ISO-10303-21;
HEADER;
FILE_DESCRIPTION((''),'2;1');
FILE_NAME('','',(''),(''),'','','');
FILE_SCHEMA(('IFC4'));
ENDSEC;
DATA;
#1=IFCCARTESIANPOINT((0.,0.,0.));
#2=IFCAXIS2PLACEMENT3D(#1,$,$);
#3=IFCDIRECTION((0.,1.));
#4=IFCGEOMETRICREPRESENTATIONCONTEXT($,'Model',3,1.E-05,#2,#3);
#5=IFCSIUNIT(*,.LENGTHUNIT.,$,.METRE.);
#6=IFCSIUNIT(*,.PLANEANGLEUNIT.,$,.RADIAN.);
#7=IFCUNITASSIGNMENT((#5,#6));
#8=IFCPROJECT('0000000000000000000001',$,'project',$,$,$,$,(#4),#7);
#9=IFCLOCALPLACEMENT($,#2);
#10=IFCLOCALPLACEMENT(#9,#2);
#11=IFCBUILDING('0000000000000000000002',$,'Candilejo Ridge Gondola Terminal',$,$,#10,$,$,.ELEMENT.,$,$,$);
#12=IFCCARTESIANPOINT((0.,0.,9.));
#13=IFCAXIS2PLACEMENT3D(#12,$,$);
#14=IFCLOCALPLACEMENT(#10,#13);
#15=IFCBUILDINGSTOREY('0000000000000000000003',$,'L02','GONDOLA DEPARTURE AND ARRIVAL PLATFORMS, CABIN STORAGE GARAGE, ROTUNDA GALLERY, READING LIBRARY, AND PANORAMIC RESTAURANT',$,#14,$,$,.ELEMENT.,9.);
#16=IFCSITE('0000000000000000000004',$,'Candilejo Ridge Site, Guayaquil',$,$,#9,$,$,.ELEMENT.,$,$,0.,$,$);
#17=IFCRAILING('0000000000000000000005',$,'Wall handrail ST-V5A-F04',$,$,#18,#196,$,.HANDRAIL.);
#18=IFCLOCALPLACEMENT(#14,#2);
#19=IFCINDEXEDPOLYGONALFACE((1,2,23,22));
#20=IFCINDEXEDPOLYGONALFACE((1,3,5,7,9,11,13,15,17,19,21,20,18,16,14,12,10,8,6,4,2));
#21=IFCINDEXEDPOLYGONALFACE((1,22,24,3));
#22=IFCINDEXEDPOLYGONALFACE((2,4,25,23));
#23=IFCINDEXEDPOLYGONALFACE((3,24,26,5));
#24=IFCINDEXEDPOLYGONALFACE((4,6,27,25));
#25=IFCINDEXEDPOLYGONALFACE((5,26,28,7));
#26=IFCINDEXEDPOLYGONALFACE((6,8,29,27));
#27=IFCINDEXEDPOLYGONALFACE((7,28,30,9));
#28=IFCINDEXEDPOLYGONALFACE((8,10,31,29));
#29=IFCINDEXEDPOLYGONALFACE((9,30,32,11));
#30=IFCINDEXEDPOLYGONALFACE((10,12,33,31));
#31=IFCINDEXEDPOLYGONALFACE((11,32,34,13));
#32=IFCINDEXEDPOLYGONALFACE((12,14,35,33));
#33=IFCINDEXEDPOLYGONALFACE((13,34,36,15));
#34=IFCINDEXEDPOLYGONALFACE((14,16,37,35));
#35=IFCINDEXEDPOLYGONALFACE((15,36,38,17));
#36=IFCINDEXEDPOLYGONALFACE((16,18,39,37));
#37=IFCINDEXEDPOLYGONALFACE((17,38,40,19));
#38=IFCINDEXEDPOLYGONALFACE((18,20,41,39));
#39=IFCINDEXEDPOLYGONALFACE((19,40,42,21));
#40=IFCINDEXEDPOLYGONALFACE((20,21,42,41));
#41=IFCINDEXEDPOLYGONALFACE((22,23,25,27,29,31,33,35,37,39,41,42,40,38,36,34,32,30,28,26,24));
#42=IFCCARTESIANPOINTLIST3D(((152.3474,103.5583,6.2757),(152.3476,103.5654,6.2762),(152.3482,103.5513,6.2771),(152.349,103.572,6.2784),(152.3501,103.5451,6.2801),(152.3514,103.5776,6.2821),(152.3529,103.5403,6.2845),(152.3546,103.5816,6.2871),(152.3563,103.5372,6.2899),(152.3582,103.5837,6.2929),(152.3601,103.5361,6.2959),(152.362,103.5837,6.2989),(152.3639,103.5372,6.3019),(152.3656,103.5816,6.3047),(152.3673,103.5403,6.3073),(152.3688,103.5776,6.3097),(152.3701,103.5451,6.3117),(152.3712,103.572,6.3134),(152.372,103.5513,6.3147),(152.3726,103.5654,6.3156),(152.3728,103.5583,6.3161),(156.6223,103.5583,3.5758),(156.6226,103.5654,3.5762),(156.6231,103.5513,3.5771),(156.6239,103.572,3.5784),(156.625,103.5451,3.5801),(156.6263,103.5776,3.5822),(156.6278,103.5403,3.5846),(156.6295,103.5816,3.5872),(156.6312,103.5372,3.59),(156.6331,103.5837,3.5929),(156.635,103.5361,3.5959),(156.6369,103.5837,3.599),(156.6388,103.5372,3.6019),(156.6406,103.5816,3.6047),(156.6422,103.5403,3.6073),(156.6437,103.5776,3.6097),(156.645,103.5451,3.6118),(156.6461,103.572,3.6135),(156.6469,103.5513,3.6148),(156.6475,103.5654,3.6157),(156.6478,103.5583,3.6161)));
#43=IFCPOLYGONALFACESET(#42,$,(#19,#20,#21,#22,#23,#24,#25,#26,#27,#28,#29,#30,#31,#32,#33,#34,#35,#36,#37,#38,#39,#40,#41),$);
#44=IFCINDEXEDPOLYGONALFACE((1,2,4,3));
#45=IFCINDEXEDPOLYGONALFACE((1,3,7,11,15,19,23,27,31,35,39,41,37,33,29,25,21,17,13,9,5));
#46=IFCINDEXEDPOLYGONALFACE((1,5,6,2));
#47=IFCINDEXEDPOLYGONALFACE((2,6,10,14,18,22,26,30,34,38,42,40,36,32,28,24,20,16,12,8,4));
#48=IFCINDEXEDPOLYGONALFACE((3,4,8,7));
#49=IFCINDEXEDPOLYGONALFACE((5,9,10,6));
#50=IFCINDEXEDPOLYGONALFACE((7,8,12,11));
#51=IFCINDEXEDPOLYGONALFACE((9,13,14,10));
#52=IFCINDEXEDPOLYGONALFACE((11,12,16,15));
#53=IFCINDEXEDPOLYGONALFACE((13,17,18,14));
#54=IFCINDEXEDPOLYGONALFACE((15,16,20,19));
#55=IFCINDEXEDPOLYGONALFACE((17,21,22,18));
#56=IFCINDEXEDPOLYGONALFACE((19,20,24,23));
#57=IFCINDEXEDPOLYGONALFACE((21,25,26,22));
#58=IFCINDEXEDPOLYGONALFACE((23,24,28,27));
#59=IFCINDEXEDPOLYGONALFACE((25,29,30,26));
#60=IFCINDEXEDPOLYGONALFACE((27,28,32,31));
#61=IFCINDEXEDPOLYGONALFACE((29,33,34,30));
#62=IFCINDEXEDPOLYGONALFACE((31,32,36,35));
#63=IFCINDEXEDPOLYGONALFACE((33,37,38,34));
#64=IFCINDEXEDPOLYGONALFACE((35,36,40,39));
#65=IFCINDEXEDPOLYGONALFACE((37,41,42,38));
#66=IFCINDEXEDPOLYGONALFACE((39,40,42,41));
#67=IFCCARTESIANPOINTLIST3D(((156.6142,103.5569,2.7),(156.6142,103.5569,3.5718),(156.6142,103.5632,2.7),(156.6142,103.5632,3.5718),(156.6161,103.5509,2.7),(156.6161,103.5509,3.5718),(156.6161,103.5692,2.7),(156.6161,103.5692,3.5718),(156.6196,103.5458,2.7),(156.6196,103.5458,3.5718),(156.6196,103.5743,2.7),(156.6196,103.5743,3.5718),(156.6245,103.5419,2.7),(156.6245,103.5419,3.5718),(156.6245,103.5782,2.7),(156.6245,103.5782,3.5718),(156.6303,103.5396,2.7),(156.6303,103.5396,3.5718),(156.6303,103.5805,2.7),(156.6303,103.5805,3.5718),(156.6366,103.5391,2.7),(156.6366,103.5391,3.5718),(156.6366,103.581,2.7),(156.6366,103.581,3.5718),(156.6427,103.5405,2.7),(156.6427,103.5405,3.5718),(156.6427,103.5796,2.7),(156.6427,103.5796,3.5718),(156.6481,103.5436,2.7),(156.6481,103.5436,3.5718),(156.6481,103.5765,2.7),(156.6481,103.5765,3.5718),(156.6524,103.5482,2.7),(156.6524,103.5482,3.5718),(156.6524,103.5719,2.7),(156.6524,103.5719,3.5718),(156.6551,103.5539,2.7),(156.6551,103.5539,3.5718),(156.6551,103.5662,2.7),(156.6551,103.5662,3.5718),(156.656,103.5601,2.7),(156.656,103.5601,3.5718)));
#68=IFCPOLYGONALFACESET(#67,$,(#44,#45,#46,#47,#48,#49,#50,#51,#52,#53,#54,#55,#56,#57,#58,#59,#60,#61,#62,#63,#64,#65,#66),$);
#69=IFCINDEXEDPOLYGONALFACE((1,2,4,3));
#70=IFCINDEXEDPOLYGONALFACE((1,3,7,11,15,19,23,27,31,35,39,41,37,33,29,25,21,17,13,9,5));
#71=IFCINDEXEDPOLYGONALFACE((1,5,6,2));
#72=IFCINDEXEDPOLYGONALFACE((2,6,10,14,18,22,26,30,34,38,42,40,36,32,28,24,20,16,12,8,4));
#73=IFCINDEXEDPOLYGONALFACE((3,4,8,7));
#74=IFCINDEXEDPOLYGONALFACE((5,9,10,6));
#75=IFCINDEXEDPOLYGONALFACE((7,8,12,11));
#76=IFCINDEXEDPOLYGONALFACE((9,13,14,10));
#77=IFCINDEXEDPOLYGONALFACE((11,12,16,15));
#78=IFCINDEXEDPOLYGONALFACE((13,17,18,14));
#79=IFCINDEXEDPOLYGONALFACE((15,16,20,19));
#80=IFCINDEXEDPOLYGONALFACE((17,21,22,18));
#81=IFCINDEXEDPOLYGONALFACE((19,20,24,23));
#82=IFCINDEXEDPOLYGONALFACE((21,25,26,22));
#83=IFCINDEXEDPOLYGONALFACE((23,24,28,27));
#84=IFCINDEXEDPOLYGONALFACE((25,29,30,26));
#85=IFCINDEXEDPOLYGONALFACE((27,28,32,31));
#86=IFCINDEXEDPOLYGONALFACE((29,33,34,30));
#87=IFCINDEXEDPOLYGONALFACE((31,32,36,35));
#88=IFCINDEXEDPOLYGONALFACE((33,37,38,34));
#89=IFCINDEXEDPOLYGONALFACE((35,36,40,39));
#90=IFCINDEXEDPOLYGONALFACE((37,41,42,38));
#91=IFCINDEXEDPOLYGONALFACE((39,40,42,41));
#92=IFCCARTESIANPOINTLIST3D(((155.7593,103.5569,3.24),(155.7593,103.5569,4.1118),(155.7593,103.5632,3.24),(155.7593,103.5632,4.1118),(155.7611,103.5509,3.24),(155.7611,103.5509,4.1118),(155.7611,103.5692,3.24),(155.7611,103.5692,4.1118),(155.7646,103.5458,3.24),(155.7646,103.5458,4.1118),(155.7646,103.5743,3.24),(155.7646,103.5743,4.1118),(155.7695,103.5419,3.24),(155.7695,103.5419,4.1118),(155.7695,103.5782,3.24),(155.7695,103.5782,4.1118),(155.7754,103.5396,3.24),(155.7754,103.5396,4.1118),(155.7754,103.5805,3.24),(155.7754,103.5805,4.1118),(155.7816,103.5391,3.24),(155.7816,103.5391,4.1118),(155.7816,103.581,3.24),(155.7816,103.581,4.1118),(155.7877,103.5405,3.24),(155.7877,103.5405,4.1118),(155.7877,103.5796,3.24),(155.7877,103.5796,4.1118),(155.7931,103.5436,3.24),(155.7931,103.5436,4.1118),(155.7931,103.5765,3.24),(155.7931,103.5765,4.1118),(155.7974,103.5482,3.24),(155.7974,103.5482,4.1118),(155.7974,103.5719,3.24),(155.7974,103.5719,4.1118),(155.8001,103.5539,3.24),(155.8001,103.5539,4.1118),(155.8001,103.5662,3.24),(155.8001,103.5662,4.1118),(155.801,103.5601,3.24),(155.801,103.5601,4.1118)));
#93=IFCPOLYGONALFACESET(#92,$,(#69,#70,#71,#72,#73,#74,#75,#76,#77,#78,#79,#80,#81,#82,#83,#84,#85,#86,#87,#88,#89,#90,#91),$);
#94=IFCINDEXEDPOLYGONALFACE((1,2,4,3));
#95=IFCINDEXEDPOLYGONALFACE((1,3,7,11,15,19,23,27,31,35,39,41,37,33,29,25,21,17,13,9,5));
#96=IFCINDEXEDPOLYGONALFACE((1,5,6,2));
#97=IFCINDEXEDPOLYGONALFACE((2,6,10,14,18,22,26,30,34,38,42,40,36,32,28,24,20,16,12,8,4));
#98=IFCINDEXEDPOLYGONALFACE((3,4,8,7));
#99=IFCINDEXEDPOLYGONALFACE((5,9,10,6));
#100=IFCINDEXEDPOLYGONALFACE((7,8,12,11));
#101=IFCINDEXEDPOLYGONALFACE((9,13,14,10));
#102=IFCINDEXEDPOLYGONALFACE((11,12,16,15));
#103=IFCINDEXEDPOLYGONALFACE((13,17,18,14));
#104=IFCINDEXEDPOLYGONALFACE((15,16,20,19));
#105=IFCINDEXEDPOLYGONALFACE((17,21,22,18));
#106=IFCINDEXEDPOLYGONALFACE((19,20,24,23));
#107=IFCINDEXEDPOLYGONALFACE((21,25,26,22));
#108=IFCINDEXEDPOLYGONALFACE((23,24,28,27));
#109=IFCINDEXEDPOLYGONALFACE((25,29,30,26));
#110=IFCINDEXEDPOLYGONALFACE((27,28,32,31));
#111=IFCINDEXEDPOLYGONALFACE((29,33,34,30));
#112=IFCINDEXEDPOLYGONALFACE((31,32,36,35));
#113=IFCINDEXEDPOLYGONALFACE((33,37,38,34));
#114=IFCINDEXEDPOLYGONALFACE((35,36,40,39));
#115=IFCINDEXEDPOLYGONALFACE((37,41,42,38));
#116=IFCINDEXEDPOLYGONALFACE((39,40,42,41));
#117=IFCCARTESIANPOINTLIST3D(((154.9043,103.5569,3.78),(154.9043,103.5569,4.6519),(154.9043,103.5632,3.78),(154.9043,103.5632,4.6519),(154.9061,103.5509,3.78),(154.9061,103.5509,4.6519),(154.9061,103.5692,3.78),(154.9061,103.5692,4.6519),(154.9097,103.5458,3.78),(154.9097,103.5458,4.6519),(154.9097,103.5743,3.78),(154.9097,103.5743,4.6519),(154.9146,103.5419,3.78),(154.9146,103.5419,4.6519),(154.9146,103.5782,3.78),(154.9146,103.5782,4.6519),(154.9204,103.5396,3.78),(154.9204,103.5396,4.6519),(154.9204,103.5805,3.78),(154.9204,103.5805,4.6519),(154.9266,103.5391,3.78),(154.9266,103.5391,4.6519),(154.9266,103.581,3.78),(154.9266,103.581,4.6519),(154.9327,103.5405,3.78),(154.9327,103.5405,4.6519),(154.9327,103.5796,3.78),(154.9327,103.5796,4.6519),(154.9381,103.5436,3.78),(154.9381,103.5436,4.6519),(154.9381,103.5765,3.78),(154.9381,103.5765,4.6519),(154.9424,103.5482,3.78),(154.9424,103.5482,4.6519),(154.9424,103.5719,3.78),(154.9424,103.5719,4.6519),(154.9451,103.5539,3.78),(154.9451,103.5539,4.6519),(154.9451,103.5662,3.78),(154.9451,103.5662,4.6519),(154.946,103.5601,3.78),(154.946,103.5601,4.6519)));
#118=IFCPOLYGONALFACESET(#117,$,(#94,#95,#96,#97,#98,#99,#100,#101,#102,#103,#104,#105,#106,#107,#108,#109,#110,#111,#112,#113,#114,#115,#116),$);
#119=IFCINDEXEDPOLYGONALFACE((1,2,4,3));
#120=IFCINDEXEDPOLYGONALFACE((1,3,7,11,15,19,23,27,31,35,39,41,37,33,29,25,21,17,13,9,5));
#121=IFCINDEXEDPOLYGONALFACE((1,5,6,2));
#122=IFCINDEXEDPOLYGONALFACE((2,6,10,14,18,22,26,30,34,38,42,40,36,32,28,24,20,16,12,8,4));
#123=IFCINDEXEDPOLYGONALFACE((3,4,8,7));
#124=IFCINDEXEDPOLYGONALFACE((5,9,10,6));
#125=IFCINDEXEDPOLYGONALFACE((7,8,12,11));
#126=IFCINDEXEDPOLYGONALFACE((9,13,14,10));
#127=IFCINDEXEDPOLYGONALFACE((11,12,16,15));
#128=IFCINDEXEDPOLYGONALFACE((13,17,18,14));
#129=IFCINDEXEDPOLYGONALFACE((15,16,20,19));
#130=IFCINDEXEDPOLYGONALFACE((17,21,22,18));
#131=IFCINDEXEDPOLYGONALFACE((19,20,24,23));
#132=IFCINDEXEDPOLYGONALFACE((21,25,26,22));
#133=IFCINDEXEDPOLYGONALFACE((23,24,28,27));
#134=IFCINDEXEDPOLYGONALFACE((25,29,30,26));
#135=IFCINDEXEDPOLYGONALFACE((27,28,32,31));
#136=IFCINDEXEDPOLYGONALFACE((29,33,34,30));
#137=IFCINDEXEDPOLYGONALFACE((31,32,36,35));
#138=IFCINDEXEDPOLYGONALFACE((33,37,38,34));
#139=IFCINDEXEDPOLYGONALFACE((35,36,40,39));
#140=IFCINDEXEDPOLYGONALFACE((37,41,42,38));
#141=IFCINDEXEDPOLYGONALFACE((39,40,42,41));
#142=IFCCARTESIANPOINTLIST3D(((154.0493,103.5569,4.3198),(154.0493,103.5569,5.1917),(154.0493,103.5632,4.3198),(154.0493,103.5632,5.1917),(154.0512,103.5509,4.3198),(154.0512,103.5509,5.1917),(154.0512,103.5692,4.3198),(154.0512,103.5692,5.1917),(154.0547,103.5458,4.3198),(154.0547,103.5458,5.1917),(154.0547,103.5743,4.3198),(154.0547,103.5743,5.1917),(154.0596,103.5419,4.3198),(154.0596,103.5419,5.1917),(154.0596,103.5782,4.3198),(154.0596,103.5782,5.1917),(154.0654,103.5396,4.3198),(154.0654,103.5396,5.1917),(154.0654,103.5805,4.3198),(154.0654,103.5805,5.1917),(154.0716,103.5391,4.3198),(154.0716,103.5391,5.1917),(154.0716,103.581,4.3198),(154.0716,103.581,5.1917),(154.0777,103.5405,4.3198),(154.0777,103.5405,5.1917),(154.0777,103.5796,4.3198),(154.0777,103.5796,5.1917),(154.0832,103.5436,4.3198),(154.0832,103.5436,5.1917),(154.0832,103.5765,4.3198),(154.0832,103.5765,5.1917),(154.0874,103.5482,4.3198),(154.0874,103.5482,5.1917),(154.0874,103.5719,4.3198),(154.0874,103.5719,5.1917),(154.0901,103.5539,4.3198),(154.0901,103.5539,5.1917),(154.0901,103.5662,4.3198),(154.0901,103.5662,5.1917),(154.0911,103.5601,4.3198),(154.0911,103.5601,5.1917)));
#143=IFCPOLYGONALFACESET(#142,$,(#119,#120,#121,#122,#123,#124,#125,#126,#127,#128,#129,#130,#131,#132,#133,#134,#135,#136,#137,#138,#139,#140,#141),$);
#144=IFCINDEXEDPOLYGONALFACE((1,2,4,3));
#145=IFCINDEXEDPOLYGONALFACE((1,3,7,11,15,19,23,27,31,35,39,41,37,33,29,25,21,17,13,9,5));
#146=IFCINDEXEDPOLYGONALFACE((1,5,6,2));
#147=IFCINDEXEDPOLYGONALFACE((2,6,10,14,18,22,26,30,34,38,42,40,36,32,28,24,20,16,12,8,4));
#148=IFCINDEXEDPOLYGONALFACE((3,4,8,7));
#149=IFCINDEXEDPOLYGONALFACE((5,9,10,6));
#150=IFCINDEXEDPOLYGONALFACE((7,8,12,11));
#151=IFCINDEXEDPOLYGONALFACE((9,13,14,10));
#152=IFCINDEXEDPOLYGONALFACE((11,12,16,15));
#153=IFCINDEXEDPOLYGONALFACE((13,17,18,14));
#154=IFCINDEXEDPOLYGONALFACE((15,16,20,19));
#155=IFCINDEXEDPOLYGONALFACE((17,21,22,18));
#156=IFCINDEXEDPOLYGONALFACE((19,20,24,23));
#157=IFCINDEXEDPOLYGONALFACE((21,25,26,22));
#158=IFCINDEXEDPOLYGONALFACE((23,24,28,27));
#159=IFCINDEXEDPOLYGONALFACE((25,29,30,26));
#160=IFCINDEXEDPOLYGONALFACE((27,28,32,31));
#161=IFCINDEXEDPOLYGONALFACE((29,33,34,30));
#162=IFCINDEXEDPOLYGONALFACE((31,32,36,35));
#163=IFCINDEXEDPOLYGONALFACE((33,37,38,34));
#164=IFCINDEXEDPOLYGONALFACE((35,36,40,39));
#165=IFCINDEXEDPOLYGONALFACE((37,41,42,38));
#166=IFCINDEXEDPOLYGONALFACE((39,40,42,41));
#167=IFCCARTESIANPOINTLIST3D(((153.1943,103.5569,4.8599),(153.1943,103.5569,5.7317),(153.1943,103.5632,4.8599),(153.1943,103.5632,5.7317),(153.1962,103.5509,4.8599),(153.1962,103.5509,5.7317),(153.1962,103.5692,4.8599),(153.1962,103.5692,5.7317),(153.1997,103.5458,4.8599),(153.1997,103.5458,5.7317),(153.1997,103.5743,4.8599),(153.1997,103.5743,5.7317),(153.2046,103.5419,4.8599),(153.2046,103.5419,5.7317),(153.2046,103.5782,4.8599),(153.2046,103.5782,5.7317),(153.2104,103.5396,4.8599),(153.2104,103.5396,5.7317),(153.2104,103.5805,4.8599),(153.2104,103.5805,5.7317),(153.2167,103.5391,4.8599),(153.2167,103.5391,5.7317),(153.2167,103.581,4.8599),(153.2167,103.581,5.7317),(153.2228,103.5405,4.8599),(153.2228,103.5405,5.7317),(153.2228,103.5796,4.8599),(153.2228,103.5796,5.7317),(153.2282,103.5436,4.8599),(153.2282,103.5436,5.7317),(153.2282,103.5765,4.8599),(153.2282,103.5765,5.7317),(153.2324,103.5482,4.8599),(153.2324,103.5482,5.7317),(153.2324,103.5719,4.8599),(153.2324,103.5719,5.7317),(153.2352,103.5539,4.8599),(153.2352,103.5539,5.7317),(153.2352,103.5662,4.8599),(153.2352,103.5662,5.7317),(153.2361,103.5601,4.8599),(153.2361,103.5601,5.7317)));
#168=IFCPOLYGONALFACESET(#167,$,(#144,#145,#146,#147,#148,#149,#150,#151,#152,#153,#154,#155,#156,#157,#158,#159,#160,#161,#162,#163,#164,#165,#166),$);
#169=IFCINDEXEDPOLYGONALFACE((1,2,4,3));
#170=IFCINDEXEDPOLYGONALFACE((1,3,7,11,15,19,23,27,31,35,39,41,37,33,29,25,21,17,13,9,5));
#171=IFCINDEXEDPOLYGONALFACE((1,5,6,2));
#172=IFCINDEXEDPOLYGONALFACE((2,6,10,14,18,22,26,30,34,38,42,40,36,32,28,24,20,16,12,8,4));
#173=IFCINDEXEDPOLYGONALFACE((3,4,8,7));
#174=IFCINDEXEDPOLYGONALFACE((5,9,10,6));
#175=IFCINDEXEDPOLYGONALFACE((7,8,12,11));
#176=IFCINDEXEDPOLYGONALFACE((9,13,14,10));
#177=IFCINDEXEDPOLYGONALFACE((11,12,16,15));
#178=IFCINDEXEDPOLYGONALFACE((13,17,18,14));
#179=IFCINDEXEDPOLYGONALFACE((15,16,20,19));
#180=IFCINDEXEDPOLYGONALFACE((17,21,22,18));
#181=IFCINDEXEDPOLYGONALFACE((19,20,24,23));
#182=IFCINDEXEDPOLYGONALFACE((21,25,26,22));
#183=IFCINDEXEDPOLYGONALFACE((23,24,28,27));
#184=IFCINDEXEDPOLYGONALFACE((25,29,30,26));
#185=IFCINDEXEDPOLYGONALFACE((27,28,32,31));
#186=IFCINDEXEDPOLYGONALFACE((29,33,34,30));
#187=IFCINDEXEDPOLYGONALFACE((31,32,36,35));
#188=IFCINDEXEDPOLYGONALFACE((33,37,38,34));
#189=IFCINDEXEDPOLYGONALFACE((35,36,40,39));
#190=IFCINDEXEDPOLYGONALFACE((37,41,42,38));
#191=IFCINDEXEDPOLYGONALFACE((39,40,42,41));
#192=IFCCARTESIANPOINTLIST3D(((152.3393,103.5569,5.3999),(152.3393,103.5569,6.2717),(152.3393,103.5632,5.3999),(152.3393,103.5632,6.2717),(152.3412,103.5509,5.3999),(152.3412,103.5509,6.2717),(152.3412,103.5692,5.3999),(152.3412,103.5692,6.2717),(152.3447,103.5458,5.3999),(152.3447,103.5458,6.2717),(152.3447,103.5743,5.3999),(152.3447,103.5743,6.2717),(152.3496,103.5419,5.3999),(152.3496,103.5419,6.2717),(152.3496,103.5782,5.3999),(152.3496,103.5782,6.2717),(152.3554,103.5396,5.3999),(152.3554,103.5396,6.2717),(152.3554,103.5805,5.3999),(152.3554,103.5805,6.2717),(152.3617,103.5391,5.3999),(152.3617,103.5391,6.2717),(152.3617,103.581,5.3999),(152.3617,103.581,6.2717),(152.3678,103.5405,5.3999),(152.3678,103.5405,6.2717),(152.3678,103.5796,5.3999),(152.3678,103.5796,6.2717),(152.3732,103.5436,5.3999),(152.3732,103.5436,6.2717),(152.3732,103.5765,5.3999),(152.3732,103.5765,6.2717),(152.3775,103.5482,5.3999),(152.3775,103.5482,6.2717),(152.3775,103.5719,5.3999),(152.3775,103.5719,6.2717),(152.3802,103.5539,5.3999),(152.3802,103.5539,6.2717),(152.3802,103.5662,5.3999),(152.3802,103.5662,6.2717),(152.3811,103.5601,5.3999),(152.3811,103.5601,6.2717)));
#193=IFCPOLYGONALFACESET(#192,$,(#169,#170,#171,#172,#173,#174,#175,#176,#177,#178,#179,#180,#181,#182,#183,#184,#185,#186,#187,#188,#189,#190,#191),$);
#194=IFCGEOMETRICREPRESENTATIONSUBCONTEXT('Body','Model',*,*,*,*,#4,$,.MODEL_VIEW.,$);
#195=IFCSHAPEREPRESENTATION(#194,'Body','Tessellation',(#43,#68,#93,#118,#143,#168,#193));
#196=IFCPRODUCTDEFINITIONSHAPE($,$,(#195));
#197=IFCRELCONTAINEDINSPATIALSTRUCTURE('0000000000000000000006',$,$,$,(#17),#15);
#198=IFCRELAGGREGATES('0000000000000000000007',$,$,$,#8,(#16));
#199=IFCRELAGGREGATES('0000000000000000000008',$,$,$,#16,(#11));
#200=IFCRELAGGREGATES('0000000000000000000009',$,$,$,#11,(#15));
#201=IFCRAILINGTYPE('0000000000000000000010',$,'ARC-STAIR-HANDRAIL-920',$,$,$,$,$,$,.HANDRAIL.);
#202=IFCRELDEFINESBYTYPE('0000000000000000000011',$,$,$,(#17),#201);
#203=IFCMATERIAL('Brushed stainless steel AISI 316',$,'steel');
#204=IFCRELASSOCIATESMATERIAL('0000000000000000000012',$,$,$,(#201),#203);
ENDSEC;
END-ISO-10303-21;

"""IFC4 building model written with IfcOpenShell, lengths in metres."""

from ifc_helpers import new_model, si_unit, direction, frame, origin, origin_2d, place, context, subcontext, project, spatial, circle, extrude, material, type_object, element, save


model = new_model("IFC4")

# Units and contexts
model_context = context("Model", 3, precision=1e-05, world=origin(), true_north=direction((0.0, 1.0)))
body_context = subcontext(model_context, "Body", "Model", "MODEL_VIEW")
ifc_project = project(units=[si_unit("LENGTHUNIT", "METRE"), si_unit("PLANEANGLEUNIT", "RADIAN")], contexts=[model_context])

# Site, building, storey
site_placement = place(None, origin())
site = spatial("IfcSite", under=ifc_project, at=site_placement, Name="Candilejo Ridge Site, Guayaquil", CompositionType="ELEMENT", RefElevation=0.0)
building_placement = place(site_placement, origin())
building = spatial("IfcBuilding", under=site, at=building_placement, Name="Candilejo Ridge Gondola Terminal", CompositionType="ELEMENT")
storey_placement = place(building_placement, frame((0.0, 0.0, 9.0)))
storey = spatial("IfcBuildingStorey", under=building, at=storey_placement, Name="L02", Description="GONDOLA DEPARTURE AND ARRIVAL PLATFORMS, CABIN STORAGE GARAGE, ROTUNDA GALLERY, READING LIBRARY, AND PANORAMIC RESTAURANT", CompositionType="ELEMENT", Elevation=9.0)

# Railing
ifc_material_1 = material(Name="Brushed stainless steel AISI 316", Category="steel")
railing_type = type_object("IfcRailingType", Name="ARC-STAIR-HANDRAIL-920", PredefinedType="HANDRAIL", material=ifc_material_1)
railing_placement = place(storey_placement, frame((156.635, 103.5601, 2.7)))
element("IfcRailing", 1, at=railing_placement, inside=storey, type_object=railing_type, Name="Wall handrail ST-V5A-F04", PredefinedType="HANDRAIL", context=body_context, shape_type="SweptSolid", body=[
    extrude(circle(Radius=0.0239, at=origin_2d()), frame((0.0, 0.0, 0.896), z_axis=(-0.845488, 0.0, 0.533995), x_axis=(0.0, -1.0, 0.0)), (0.0, 0.0, 1.0), 5.0562),
    extrude(circle(Radius=0.021, at=origin_2d()), origin(), (0.0, 0.0, 1.0), 0.8718),
    extrude(circle(Radius=0.021, at=origin_2d()), frame((-0.855, 0.0, 0.54)), (0.0, 0.0, 1.0), 0.8718),
    extrude(circle(Radius=0.021, at=origin_2d()), frame((-1.71, 0.0, 1.0801)), (0.0, 0.0, 1.0), 0.8718),
    extrude(circle(Radius=0.021, at=origin_2d()), frame((-2.5649, 0.0, 1.6199)), (0.0, 0.0, 1.0), 0.8718),
    extrude(circle(Radius=0.021, at=origin_2d()), frame((-3.4199, 0.0, 2.1599)), (0.0, 0.0, 1.0), 0.8718),
    extrude(circle(Radius=0.021, at=origin_2d()), frame((-4.2749, 0.0, 2.7)), (0.0, 0.0, 1.0), 0.8718),
])

save(model, "model.ifc")
